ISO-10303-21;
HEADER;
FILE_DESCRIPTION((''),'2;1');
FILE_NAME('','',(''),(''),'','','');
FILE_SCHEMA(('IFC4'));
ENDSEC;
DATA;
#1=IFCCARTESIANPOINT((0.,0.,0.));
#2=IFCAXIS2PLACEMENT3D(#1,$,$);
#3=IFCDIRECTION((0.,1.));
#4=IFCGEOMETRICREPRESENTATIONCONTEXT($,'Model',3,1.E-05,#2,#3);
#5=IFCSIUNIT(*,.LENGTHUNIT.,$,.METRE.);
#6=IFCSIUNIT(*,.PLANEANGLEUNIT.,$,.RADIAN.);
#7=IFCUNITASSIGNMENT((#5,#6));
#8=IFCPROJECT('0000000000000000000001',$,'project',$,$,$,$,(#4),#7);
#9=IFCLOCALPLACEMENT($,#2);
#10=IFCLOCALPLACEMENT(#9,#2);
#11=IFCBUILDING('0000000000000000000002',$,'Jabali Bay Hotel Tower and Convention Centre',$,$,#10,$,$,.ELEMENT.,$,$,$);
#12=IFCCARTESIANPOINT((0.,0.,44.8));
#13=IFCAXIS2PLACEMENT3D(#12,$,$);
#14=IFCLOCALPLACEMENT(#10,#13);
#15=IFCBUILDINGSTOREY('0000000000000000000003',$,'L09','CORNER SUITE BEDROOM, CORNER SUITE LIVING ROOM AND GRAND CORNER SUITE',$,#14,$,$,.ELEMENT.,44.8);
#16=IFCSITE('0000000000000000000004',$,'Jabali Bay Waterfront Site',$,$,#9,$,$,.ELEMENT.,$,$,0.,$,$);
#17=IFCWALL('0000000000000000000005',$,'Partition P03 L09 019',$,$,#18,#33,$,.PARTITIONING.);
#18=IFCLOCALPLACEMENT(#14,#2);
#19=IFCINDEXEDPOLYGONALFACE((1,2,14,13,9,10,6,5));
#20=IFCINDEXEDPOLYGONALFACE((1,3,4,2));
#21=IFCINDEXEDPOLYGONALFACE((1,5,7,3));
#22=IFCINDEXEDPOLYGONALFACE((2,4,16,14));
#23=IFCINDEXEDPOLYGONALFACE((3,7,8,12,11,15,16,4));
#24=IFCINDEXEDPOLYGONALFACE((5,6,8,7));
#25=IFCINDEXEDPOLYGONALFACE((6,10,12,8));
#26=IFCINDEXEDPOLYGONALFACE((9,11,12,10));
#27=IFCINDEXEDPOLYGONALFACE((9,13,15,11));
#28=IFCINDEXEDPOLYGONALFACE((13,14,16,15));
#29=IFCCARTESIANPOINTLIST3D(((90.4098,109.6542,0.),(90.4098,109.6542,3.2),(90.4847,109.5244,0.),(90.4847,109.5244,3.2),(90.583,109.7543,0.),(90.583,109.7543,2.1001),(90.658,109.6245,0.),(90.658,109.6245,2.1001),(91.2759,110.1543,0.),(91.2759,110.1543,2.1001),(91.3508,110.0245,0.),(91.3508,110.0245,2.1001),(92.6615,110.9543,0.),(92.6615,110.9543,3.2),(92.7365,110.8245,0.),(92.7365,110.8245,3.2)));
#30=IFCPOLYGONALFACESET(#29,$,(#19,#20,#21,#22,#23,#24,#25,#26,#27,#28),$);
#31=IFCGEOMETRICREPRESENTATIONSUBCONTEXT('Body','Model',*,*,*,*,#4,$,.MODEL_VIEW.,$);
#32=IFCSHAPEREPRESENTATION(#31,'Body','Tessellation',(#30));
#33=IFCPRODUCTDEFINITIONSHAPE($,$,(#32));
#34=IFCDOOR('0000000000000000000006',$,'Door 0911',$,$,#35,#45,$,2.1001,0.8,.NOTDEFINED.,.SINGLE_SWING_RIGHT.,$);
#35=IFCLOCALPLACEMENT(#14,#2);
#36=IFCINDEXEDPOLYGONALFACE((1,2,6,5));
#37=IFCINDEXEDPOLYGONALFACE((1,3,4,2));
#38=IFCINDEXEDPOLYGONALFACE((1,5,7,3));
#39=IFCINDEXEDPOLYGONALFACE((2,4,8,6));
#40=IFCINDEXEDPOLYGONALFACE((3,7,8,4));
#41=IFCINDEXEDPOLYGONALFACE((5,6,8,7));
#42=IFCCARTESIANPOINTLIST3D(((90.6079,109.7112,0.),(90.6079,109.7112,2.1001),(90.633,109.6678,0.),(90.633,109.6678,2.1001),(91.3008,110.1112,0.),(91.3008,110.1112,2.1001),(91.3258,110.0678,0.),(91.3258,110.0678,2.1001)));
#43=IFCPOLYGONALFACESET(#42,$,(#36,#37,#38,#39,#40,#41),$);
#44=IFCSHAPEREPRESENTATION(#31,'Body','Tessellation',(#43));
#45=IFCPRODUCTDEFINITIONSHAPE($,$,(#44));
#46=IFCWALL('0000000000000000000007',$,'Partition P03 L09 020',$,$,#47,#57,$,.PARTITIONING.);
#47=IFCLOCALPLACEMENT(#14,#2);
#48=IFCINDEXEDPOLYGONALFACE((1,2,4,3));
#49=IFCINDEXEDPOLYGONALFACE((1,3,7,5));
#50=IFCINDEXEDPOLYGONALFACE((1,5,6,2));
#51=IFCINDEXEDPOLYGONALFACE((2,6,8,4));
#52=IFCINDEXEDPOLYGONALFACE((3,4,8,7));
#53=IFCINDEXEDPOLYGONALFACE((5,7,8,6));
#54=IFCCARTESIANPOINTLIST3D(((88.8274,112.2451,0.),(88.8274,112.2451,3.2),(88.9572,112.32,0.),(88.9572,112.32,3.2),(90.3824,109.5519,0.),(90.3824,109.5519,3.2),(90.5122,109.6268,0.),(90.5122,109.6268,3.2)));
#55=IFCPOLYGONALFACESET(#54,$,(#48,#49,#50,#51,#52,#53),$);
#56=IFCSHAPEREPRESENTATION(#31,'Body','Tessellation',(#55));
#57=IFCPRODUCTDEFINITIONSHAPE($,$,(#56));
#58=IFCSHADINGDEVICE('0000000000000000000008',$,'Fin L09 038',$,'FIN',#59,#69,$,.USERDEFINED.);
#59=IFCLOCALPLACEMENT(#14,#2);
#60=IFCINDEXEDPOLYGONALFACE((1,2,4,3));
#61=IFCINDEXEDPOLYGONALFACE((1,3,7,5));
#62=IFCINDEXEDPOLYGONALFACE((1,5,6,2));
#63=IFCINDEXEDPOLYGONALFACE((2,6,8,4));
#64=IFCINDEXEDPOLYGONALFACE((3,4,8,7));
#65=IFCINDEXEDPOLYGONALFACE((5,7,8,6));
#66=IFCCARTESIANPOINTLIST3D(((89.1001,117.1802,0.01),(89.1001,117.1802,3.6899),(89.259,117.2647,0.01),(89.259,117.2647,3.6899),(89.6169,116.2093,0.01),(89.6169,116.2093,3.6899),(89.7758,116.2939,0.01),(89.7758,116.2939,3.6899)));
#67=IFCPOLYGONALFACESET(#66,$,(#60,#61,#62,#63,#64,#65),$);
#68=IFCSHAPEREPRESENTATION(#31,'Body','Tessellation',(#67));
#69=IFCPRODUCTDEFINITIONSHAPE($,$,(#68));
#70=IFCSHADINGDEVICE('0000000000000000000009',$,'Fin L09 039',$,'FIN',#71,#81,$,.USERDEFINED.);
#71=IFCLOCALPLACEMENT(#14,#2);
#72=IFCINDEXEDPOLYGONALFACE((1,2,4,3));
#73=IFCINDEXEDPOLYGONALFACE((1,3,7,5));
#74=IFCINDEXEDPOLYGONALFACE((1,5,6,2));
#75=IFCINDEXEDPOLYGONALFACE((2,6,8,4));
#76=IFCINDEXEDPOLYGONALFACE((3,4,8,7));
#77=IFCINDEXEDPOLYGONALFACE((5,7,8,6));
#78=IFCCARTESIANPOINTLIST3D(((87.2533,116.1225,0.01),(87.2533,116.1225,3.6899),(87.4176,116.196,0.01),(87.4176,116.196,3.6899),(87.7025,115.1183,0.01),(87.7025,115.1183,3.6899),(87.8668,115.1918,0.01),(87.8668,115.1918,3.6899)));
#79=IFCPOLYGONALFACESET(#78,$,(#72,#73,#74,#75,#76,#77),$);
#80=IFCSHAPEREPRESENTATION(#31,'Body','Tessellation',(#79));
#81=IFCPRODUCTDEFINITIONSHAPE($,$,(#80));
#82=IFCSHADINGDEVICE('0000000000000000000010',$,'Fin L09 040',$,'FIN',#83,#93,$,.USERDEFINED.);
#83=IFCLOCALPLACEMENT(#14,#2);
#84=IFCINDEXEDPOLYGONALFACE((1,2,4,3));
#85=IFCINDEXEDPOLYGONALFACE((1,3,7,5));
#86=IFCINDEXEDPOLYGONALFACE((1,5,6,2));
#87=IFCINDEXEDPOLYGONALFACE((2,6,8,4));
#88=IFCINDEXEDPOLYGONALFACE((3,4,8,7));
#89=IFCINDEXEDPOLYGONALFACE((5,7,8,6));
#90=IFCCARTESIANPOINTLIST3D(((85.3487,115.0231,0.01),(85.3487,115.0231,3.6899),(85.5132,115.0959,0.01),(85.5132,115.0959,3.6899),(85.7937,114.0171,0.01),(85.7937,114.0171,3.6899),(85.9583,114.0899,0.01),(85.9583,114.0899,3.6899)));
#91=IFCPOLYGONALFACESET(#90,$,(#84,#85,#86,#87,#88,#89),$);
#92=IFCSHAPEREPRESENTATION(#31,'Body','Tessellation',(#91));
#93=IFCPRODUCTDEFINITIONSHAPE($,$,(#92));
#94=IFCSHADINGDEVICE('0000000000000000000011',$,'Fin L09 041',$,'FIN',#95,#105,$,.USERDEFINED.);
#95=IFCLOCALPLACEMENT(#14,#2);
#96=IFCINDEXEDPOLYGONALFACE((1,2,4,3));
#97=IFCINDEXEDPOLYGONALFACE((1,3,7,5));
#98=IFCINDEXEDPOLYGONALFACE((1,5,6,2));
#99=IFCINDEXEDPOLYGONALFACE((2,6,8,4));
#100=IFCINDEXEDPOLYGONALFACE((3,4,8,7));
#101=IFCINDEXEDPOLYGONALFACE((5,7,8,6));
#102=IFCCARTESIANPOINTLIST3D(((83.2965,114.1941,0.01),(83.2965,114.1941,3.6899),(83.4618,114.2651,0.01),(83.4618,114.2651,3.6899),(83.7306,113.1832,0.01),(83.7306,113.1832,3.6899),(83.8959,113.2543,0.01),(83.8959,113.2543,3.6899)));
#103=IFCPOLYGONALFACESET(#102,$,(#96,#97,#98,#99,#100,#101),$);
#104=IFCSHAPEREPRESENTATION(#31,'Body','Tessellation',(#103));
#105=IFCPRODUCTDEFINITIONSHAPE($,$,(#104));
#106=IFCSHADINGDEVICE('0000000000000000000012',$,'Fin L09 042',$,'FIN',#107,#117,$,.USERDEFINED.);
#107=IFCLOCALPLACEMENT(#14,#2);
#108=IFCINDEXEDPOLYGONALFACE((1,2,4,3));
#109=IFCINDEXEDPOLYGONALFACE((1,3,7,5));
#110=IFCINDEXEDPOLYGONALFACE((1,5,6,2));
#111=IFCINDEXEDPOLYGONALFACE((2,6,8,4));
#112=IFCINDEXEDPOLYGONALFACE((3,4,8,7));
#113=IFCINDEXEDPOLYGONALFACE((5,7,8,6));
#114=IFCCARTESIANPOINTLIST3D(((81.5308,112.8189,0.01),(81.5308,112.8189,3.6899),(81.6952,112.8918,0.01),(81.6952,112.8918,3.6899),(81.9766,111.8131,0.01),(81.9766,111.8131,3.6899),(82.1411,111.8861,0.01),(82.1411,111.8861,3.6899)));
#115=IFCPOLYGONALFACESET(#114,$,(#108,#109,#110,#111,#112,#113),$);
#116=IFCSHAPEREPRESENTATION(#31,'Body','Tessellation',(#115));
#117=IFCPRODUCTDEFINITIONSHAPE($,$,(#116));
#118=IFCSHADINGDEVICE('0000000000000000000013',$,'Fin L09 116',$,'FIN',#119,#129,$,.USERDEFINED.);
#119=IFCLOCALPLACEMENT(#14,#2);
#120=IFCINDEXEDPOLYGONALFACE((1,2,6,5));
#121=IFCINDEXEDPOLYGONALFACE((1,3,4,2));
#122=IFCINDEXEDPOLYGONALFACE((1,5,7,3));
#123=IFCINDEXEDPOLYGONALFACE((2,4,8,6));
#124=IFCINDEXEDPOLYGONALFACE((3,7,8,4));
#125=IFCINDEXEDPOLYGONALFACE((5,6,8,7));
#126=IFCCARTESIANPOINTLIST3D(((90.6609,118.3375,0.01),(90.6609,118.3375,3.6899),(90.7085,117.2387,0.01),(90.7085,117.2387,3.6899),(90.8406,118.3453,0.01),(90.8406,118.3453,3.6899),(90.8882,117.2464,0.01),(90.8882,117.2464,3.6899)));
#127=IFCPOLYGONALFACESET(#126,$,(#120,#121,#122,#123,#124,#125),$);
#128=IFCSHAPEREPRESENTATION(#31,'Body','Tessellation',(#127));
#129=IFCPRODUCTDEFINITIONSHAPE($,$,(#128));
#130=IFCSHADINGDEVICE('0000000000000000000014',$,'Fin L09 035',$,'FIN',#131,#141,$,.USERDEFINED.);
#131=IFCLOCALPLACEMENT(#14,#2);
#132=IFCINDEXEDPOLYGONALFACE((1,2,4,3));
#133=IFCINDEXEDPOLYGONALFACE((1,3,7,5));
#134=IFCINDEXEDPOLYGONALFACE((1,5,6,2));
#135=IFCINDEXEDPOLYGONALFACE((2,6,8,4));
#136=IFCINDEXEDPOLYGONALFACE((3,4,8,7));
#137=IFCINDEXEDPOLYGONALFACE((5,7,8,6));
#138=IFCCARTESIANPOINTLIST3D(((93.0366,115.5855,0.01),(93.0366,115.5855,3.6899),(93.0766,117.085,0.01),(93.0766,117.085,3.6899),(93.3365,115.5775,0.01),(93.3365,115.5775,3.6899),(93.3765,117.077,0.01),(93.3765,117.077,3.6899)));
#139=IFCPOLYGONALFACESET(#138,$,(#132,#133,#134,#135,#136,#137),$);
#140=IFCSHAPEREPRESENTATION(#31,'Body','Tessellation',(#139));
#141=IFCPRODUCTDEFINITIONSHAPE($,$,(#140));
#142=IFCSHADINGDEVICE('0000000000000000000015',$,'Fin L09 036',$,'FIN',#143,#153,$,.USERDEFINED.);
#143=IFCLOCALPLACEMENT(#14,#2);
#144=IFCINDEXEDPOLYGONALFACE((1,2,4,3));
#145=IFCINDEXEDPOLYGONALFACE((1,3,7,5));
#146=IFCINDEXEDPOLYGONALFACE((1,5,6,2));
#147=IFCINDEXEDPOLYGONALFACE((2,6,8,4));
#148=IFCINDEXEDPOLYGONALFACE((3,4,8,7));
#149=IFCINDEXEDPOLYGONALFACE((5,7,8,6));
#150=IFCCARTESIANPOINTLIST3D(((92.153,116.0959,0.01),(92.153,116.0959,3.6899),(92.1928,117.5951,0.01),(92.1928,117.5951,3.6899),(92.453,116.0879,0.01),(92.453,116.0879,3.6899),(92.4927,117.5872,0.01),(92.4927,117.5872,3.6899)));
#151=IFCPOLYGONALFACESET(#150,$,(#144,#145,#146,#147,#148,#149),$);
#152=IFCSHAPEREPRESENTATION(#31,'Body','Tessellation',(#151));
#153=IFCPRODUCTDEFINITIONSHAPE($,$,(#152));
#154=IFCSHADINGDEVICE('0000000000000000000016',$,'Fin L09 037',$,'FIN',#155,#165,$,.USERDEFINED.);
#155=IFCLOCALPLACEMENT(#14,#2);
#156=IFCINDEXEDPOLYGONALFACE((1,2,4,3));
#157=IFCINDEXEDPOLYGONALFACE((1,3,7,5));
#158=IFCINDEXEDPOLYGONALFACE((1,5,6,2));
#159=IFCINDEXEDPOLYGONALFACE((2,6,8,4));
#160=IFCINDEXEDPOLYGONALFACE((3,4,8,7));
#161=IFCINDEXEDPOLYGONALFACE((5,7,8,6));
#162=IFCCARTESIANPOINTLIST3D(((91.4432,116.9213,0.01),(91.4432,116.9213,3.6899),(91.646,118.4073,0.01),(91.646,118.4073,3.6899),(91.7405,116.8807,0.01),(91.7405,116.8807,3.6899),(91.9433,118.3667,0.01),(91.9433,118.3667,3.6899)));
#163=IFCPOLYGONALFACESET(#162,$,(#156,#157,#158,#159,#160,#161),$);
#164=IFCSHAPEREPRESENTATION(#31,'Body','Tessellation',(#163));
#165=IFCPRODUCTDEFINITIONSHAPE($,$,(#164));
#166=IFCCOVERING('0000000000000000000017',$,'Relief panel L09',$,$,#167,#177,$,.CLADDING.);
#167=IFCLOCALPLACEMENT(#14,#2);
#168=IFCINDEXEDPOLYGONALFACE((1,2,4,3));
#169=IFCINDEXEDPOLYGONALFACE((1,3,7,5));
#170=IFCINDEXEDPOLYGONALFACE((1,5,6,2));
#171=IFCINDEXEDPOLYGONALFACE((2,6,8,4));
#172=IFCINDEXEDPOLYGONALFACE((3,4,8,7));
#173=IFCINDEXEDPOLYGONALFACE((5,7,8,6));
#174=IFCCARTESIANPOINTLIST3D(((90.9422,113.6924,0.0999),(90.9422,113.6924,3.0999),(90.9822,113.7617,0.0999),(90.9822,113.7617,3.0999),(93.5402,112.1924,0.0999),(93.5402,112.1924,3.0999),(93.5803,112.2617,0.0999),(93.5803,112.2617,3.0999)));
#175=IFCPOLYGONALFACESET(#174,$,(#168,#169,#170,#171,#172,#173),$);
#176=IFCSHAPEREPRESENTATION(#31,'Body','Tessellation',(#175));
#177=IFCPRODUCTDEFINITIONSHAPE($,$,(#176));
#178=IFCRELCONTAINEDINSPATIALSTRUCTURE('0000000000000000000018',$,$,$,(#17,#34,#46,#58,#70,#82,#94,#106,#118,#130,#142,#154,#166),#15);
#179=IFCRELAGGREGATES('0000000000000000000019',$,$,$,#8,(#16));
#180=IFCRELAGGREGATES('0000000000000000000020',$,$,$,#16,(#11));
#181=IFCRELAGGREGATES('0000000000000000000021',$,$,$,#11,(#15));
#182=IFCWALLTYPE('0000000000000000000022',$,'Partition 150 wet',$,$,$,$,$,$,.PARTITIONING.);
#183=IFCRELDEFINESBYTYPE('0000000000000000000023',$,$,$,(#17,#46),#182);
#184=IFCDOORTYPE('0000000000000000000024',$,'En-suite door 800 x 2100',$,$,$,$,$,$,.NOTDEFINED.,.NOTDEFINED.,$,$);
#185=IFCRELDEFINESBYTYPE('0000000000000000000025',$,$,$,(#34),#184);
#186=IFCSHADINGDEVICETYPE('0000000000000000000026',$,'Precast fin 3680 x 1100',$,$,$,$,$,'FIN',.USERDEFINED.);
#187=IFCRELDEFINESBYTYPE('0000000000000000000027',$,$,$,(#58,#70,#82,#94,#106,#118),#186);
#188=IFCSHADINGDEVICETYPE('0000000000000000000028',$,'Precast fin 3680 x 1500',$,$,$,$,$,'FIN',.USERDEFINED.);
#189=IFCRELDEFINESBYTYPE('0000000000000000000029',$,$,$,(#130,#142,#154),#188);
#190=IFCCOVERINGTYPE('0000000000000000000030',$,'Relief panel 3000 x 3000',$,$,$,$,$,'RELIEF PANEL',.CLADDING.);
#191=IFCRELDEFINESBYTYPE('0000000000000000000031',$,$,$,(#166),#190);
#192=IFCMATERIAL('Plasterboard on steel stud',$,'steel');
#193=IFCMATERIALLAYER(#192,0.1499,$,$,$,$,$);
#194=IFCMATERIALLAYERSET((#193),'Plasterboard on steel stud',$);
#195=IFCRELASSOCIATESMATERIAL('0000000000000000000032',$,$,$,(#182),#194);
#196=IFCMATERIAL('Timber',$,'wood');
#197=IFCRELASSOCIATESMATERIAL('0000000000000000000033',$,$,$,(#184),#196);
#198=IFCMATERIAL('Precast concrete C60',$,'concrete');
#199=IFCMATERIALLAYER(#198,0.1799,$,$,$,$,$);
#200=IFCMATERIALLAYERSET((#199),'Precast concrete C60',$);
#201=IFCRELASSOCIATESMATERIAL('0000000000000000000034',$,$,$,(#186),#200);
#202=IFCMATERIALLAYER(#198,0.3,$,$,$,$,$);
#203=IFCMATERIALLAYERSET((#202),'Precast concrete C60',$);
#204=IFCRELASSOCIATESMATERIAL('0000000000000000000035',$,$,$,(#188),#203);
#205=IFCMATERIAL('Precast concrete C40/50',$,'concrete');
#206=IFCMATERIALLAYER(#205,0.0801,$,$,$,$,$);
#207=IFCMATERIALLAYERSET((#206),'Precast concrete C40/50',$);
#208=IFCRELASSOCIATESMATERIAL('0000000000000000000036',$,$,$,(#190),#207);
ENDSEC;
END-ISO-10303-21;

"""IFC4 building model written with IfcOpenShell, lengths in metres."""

from ifc_helpers import new_model, si_unit, direction, frame, frame_2d, origin, origin_2d, place, context, subcontext, project, spatial, rectangle, extrude, material, layer, layer_set, type_object, element, fill, save


model = new_model("IFC4")

# Units and contexts
model_context = context("Model", 3, precision=1e-05, world=origin(), true_north=direction((0.0, 1.0)))
body_context = subcontext(model_context, "Body", "Model", "MODEL_VIEW")
ifc_project = project(units=[si_unit("LENGTHUNIT", "METRE"), si_unit("PLANEANGLEUNIT", "RADIAN")], contexts=[model_context])

# Site, building, storey
site_placement = place(None, origin())
site = spatial("IfcSite", under=ifc_project, at=site_placement, Name="Jabali Bay Waterfront Site", CompositionType="ELEMENT", RefElevation=0.0)
building_placement = place(site_placement, origin())
building = spatial("IfcBuilding", under=site, at=building_placement, Name="Jabali Bay Hotel Tower and Convention Centre", CompositionType="ELEMENT")
storey_placement = place(building_placement, frame((0.0, 0.0, 44.8)))
storey = spatial("IfcBuildingStorey", under=building, at=storey_placement, Name="L09", Description="CORNER SUITE BEDROOM, CORNER SUITE LIVING ROOM AND GRAND CORNER SUITE", CompositionType="ELEMENT", Elevation=44.8)

# Shared definitions
ifc_material_1 = material(Name="Plasterboard on steel stud", Category="steel")
ifc_layer_1 = layer(ifc_material_1, 0.1499)
ifc_layer_set_1 = layer_set([ifc_layer_1], Name="Plasterboard on steel stud")
wall_type_1 = type_object("IfcWallType", Name="Partition 150 wet", PredefinedType="PARTITIONING", material=ifc_layer_set_1)
ifc_material_2 = material(Name="Timber", Category="wood")
door_type = type_object("IfcDoorType", Name="En-suite door 800 x 2100", OperationType="NOTDEFINED", PredefinedType="NOTDEFINED", material=ifc_material_2)

# Wall, opening, door
wall_1_placement = place(storey_placement, frame((92.699, 110.8894, 0.0), z_axis=(0.0, 0.0, 1.0), x_axis=(-0.866021, -0.500007, 0.0)))
wall_1 = element("IfcWall", 1, at=wall_1_placement, inside=storey, type_object=wall_type_1, Name="Partition P03 L09 019", PredefinedType="PARTITIONING", context=body_context, shape_type="SweptSolid", body=[
    extrude(rectangle(XDim=2.6001, YDim=0.1499, at=frame_2d((1.3, 0.0))), origin(), (0.0, 0.0, 1.0), 3.2),
])
opening_1_placement = place(wall_1_placement, frame((1.6001, 0.0, 0.0)))
opening_1 = element("IfcOpeningElement", 2, at=opening_1_placement, cuts=wall_1, PredefinedType="OPENING", context=body_context, shape_type="SweptSolid", body=[
    extrude(rectangle(XDim=0.8, YDim=2.1001, at=frame_2d((0.3999, 1.05))), frame((0.0, 0.0854, 0.0), z_axis=(0.0, -1.0, 0.0), x_axis=(1.0, 0.0, 0.0)), (0.0, 0.0, 1.0), 0.1709),
])
door_1_placement = place(opening_1_placement, origin())
door_1 = element("IfcDoor", 3, at=door_1_placement, inside=storey, type_object=door_type, Name="Door 0911", OperationType="SINGLE_SWING_RIGHT", OverallHeight=2.1001, OverallWidth=0.8, PredefinedType="NOTDEFINED", context=body_context, shape_type="SweptSolid", body=[
    extrude(rectangle(XDim=0.8, YDim=2.1001, at=frame_2d((0.3999, 1.05))), frame((0.0, 0.0249, 0.0), z_axis=(0.0, -1.0, 0.0), x_axis=(1.0, 0.0, 0.0)), (0.0, 0.0, 1.0), 0.05),
])
fill(opening_1, door_1)

# Wall
wall_2_placement = place(storey_placement, frame((90.4473, 109.5894, 0.0), z_axis=(0.0, 0.0, 1.0), x_axis=(-0.500015, 0.866017, 0.0)))
element("IfcWall", 4, at=wall_2_placement, inside=storey, type_object=wall_type_1, Name="Partition P03 L09 020", PredefinedType="PARTITIONING", context=body_context, shape_type="SweptSolid", body=[
    extrude(rectangle(XDim=3.1099, YDim=0.1499, at=frame_2d((1.5549, 0.0))), origin(), (0.0, 0.0, 1.0), 3.2),
])

# Shading devices
ifc_material_3 = material(Name="Precast concrete C60", Category="concrete")
ifc_layer_2 = layer(ifc_material_3, 0.1799)
ifc_layer_set_2 = layer_set([ifc_layer_2], Name="Precast concrete C60")
shading_device_type_1 = type_object("IfcShadingDeviceType", Name="Precast fin 3680 x 1100", ElementType="FIN", PredefinedType="USERDEFINED", material=ifc_layer_set_2)
shading_device_1_placement = place(storey_placement, frame((89.6963, 116.2517, 0.01), z_axis=(0.0, 0.0, 1.0), x_axis=(-0.469885, 0.882727, 0.0)))
element("IfcShadingDevice", 5, at=shading_device_1_placement, inside=storey, type_object=shading_device_type_1, Name="Fin L09 038", ObjectType="FIN", PredefinedType="USERDEFINED", context=body_context, shape_type="SweptSolid", body=[
    extrude(rectangle(XDim=1.0999, YDim=0.1799, at=frame_2d((0.5498, 0.0))), origin(), (0.0, 0.0, 1.0), 3.6799),
])
for number, where, z_axis, x_axis, name in (
    (6, (87.7847, 115.155, 0.01), (0.0, 0.0, 1.0), (-0.408361, 0.91282, 0.0), "Fin L09 039"),
    (7, (85.876, 114.0535, 0.01), (0.0, 0.0, 1.0), (-0.404552, 0.914515, 0.0), "Fin L09 040"),
    (8, (83.8132, 113.2188, 0.01), (0.0, 0.0, 1.0), (-0.394616, 0.918846, 0.0), "Fin L09 041"),
    (9, (82.0588, 111.8496, 0.01), (0.0, 0.0, 1.0), (-0.405273, 0.914196, 0.0), "Fin L09 042"),
):
    element("IfcShadingDevice", number, at=place(storey_placement, frame(where, z_axis=z_axis, x_axis=x_axis)), inside=storey, type_object=shading_device_type_1, Name=name, ObjectType="FIN", PredefinedType="USERDEFINED", context=body_context, shape_type="SweptSolid", body=[
        extrude(rectangle(XDim=1.1001, YDim=0.1799, at=frame_2d((0.55, 0.0))), origin(), (0.0, 0.0, 1.0), 3.6799),
    ])
shading_device_2_placement = place(storey_placement, frame((90.7983, 117.2427, 0.01), z_axis=(0.0, 0.0, 1.0), x_axis=(-0.043283, 0.999063, 0.0)))
element("IfcShadingDevice", 10, at=shading_device_2_placement, inside=storey, type_object=shading_device_type_1, Name="Fin L09 116", ObjectType="FIN", PredefinedType="USERDEFINED", context=body_context, shape_type="SweptSolid", body=[
    extrude(rectangle(XDim=1.0999, YDim=0.1799, at=frame_2d((0.5498, 0.0))), origin(), (0.0, 0.0, 1.0), 3.6799),
])
ifc_layer_3 = layer(ifc_material_3, 0.3)
ifc_layer_set_3 = layer_set([ifc_layer_3], Name="Precast concrete C60")
shading_device_type_2 = type_object("IfcShadingDeviceType", Name="Precast fin 3680 x 1500", ElementType="FIN", PredefinedType="USERDEFINED", material=ifc_layer_set_3)
shading_device_3_placement = place(storey_placement, frame((93.1865, 115.5815, 0.01), z_axis=(0.0, 0.0, 1.0), x_axis=(0.026692, 0.999644, 0.0)))
element("IfcShadingDevice", 11, at=shading_device_3_placement, inside=storey, type_object=shading_device_type_2, Name="Fin L09 035", ObjectType="FIN", PredefinedType="USERDEFINED", context=body_context, shape_type="SweptSolid", body=[
    extrude(rectangle(XDim=1.5, YDim=0.3, at=frame_2d((0.75, 0.0))), origin(), (0.0, 0.0, 1.0), 3.6799),
])
for number, where, z_axis, x_axis, name in (
    (12, (92.303, 116.0918, 0.01), (0.0, 0.0, 1.0), (0.026534, 0.999648, 0.0), "Fin L09 036"),
    (13, (91.5918, 116.9009, 0.01), (0.0, 0.0, 1.0), (0.135266, 0.990809, 0.0), "Fin L09 037"),
):
    element("IfcShadingDevice", number, at=place(storey_placement, frame(where, z_axis=z_axis, x_axis=x_axis)), inside=storey, type_object=shading_device_type_2, Name=name, ObjectType="FIN", PredefinedType="USERDEFINED", context=body_context, shape_type="SweptSolid", body=[
        extrude(rectangle(XDim=1.4998, YDim=0.3, at=frame_2d((0.75, 0.0))), origin(), (0.0, 0.0, 1.0), 3.6799),
    ])

# Covering
ifc_material_4 = material(Name="Precast concrete C40/50", Category="concrete")
ifc_layer_4 = layer(ifc_material_4, 0.0801)
ifc_layer_set_4 = layer_set([ifc_layer_4], Name="Precast concrete C40/50")
covering_type = type_object("IfcCoveringType", Name="Relief panel 3000 x 3000", ElementType="RELIEF PANEL", PredefinedType="CLADDING", material=ifc_layer_set_4)
covering_placement = place(storey_placement, frame((92.2612, 112.9771, 0.0999), z_axis=(0.0, 0.0, 1.0), x_axis=(0.866025, -0.5, 0.0)))
element("IfcCovering", 14, at=covering_placement, inside=storey, type_object=covering_type, Name="Relief panel L09", PredefinedType="CLADDING", context=body_context, shape_type="SweptSolid", body=[
    extrude(rectangle(XDim=3.0, YDim=0.0801, at=origin_2d()), origin(), (0.0, 0.0, 1.0), 3.0),
])

save(model, "model.ifc")
